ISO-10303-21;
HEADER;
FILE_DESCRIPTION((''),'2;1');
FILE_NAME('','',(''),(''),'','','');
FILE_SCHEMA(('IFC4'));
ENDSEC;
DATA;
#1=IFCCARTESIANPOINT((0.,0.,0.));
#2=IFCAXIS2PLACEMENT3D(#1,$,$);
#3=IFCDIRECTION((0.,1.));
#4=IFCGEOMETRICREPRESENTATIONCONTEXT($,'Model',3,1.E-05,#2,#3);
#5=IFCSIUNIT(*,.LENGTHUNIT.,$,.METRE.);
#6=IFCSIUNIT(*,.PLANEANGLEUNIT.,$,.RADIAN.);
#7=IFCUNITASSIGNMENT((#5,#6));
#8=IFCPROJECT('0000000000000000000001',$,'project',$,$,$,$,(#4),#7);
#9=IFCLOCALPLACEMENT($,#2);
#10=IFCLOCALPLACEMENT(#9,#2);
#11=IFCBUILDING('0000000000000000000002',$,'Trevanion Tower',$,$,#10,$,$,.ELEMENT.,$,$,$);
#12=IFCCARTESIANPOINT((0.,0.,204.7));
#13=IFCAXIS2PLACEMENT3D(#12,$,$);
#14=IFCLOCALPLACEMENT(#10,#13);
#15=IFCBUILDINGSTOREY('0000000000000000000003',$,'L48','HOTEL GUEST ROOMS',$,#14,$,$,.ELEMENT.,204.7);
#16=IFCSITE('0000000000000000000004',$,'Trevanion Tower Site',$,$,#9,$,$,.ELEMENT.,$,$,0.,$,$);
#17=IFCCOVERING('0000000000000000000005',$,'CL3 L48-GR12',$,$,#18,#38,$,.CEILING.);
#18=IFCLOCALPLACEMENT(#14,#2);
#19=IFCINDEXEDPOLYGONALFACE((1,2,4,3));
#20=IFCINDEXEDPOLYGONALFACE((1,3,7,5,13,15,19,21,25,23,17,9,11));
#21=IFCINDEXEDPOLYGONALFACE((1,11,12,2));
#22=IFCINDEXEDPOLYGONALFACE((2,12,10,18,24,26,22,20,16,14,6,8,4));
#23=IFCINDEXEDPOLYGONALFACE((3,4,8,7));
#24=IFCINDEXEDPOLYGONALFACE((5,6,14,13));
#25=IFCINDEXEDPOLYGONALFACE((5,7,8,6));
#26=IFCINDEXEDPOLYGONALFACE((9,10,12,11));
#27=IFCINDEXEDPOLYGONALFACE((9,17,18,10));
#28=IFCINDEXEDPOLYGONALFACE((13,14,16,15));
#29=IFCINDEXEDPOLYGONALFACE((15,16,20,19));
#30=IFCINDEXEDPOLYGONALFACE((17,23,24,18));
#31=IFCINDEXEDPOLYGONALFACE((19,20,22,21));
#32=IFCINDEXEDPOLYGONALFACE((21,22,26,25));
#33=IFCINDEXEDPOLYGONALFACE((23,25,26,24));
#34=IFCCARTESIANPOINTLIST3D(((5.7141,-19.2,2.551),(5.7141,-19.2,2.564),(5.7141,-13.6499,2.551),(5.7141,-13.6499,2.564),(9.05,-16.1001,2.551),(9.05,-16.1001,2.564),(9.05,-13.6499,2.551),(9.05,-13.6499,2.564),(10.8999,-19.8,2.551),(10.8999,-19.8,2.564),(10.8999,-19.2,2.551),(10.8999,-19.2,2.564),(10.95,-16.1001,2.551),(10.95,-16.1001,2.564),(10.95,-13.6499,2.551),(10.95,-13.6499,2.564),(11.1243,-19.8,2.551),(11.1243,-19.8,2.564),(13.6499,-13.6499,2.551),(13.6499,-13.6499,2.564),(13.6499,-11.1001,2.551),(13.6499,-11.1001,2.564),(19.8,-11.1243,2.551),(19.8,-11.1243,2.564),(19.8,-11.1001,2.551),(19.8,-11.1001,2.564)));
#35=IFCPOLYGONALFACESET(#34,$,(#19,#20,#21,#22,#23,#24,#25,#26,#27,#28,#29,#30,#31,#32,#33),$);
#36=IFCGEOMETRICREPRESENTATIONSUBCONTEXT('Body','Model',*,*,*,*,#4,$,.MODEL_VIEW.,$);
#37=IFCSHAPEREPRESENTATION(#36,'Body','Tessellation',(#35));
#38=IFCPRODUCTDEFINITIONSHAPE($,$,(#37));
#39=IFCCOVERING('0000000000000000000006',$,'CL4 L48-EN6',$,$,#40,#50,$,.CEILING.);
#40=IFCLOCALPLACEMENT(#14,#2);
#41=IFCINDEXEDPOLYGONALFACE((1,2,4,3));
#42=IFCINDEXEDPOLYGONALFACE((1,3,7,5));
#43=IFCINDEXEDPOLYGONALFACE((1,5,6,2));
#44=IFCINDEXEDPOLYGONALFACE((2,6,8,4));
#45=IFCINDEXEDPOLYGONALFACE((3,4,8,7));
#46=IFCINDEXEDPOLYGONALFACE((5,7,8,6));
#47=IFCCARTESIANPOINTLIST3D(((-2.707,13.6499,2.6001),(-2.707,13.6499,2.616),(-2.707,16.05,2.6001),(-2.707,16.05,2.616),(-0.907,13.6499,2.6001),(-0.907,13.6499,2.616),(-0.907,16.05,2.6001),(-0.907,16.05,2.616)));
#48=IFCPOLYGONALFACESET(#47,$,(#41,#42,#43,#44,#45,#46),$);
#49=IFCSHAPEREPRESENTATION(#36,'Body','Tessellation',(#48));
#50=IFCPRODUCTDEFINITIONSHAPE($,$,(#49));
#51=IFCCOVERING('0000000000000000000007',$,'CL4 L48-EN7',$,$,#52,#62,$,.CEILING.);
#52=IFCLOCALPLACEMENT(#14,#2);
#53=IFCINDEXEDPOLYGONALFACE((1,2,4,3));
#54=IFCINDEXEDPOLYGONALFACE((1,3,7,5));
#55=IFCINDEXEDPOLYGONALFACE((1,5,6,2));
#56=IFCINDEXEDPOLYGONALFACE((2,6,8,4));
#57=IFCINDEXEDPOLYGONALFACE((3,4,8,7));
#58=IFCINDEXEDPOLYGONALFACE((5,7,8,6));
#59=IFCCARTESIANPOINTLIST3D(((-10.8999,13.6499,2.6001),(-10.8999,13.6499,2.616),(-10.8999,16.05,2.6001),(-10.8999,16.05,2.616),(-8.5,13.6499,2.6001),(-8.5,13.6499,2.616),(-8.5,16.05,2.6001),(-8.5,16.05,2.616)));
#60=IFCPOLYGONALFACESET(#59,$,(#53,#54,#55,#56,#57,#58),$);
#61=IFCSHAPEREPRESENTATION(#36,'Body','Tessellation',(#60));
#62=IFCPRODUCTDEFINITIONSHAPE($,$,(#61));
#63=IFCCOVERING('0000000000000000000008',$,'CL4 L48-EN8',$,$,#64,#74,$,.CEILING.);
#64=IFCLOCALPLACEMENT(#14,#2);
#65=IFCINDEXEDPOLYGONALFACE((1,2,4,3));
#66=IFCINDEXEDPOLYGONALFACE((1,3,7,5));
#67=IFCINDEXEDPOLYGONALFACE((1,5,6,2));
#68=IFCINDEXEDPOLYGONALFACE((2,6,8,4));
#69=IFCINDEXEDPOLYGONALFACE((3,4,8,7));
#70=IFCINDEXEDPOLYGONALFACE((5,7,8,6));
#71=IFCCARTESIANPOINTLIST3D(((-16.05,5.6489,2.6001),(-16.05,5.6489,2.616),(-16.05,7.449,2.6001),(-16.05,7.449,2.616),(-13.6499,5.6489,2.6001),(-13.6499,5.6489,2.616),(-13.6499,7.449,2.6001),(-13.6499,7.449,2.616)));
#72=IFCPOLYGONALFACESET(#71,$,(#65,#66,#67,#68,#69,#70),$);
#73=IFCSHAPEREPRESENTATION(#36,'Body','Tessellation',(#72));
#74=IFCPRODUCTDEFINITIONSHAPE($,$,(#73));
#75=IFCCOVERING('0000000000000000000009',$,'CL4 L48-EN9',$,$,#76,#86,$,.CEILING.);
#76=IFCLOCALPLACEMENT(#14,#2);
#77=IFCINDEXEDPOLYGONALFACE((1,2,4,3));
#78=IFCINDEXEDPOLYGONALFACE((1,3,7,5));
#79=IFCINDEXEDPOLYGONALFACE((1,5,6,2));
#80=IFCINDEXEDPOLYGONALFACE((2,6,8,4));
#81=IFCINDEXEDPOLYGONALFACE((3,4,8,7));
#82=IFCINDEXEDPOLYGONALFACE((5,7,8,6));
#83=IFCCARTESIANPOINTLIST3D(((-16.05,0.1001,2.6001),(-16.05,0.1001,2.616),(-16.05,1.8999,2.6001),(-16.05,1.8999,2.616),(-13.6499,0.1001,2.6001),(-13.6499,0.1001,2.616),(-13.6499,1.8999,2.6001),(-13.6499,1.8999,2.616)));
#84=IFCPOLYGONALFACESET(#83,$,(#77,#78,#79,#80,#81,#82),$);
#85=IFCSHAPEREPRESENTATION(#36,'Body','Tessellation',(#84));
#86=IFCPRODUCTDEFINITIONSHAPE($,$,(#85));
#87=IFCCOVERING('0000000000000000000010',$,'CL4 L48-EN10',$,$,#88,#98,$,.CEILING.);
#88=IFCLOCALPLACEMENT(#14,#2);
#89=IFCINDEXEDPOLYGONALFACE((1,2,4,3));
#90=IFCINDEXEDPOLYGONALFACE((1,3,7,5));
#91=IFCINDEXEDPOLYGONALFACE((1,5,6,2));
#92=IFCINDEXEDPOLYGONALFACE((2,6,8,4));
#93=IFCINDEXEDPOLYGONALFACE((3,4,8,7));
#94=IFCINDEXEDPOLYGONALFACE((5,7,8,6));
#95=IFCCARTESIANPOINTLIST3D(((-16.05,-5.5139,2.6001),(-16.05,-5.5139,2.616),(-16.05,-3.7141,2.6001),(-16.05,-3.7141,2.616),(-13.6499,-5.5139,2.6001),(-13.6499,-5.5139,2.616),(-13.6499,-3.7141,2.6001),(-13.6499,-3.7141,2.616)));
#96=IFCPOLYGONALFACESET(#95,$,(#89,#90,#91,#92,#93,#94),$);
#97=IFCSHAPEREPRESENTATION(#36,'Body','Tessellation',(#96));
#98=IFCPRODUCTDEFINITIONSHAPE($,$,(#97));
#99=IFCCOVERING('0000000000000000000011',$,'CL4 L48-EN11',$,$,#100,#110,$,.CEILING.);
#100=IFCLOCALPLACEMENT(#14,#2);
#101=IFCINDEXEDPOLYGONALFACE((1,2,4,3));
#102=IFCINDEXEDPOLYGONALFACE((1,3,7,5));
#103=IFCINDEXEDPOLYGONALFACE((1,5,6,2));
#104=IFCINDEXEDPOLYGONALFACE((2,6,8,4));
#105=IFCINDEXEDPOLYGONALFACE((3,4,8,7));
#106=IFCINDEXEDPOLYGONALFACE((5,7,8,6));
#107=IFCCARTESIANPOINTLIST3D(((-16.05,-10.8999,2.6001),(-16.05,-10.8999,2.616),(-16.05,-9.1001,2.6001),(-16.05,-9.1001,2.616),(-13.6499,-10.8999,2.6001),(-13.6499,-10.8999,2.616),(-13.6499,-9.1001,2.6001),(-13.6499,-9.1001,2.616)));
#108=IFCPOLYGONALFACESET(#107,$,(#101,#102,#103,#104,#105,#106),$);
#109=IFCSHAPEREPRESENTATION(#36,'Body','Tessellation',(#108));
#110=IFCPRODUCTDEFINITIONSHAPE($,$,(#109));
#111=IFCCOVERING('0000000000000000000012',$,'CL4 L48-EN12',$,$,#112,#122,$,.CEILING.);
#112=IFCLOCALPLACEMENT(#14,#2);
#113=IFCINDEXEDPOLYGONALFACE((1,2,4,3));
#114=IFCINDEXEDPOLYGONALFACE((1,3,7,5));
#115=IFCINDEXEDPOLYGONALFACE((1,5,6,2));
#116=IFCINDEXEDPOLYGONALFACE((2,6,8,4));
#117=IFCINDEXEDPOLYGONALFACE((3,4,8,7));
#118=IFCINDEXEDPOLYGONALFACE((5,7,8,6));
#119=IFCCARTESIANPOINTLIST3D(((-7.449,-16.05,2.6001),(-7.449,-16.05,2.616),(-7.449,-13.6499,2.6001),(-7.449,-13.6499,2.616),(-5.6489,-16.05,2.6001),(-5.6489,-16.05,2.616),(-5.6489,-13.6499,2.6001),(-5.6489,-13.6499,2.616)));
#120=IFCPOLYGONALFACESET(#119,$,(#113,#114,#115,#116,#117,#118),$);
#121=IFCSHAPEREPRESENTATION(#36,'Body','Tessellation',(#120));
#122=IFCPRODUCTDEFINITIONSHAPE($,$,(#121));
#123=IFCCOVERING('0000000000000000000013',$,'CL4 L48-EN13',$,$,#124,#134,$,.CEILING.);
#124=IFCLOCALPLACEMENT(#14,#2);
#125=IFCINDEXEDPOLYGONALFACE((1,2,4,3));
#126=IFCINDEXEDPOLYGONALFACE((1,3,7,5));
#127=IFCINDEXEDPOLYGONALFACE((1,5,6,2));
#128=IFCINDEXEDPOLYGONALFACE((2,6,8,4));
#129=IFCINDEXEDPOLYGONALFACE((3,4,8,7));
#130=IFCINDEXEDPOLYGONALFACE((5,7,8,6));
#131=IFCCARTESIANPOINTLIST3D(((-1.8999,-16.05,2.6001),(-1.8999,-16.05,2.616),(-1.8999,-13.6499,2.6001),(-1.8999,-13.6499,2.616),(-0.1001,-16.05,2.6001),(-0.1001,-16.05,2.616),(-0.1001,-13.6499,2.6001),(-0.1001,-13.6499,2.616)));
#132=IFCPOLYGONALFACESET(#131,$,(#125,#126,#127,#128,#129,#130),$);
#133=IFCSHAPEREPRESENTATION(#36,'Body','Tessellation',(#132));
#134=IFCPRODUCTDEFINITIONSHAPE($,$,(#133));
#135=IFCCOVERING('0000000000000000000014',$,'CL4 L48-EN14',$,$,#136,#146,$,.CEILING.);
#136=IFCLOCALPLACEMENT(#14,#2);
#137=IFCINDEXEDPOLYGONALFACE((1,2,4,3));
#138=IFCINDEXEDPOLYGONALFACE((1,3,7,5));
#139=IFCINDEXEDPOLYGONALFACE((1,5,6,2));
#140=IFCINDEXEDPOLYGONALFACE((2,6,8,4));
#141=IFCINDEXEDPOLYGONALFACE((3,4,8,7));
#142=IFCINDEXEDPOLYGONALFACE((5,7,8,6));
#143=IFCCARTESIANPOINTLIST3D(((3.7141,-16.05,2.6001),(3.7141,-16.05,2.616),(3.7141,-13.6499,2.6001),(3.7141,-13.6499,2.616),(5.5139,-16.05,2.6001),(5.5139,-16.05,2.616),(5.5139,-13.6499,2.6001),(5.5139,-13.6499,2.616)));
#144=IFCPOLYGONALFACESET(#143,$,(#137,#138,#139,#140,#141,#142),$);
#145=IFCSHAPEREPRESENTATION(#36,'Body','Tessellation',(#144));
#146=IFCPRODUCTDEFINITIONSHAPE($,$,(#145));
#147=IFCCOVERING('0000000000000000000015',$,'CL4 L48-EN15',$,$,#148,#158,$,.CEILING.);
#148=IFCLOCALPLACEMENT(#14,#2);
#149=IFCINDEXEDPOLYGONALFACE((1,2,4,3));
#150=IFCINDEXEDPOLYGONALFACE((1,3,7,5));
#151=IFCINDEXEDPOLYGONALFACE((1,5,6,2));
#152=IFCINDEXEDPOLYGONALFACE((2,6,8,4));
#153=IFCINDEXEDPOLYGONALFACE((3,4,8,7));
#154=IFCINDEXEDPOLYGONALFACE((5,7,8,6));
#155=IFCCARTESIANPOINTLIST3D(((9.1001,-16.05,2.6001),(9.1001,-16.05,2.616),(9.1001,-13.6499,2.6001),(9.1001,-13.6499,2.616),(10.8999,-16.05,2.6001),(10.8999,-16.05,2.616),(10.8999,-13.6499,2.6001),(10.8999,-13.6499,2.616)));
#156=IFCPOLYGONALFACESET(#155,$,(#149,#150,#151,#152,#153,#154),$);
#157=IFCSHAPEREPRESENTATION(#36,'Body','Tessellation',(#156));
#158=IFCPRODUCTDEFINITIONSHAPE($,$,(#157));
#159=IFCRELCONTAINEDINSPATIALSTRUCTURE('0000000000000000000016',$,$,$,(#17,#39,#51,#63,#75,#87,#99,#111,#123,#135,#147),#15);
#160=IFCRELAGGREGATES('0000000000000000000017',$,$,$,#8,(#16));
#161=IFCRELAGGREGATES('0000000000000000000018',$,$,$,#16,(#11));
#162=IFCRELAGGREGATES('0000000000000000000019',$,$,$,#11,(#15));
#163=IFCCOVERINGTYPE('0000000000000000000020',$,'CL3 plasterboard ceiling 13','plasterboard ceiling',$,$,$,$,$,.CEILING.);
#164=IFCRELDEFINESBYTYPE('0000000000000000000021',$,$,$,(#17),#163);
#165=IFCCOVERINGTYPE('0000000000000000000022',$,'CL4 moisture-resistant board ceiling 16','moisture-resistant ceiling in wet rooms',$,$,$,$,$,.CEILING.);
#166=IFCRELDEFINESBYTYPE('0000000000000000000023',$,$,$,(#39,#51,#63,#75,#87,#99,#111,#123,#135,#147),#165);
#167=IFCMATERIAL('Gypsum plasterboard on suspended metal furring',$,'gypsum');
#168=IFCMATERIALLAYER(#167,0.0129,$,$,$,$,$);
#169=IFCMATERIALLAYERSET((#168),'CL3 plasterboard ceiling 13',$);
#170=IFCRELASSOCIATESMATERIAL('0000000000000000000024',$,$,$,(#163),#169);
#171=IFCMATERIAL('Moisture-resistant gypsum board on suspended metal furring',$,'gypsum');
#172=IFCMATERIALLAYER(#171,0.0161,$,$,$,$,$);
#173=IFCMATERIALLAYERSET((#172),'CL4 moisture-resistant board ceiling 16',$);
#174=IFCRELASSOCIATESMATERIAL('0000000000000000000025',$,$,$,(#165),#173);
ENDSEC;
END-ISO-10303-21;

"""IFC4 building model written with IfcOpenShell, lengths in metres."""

from ifc_helpers import new_model, si_unit, direction, frame, origin, place, context, subcontext, project, spatial, polyline, outline, extrude, material, layer, layer_set, type_object, element, save


model = new_model("IFC4")

# Units and contexts
model_context = context("Model", 3, precision=1e-05, world=origin(), true_north=direction((0.0, 1.0)))
body_context = subcontext(model_context, "Body", "Model", "MODEL_VIEW")
ifc_project = project(units=[si_unit("LENGTHUNIT", "METRE"), si_unit("PLANEANGLEUNIT", "RADIAN")], contexts=[model_context])

# Site, building, storey
site_placement = place(None, origin())
site = spatial("IfcSite", under=ifc_project, at=site_placement, Name="Trevanion Tower Site", CompositionType="ELEMENT", RefElevation=0.0)
building_placement = place(site_placement, origin())
building = spatial("IfcBuilding", under=site, at=building_placement, Name="Trevanion Tower", CompositionType="ELEMENT")
storey_placement = place(building_placement, frame((0.0, 0.0, 204.7)))
storey = spatial("IfcBuildingStorey", under=building, at=storey_placement, Name="L48", Description="HOTEL GUEST ROOMS", CompositionType="ELEMENT", Elevation=204.7)

# Coverings
ifc_material_1 = material(Name="Gypsum plasterboard on suspended metal furring", Category="gypsum")
ifc_layer_1 = layer(ifc_material_1, 0.0129)
ifc_layer_set_1 = layer_set([ifc_layer_1], Name="CL3 plasterboard ceiling 13")
covering_type_1 = type_object("IfcCoveringType", Name="CL3 plasterboard ceiling 13", Description="plasterboard ceiling", PredefinedType="CEILING", material=ifc_layer_set_1)
covering_1_placement = place(storey_placement, frame((0.0, 0.0, 2.551)))
element("IfcCovering", 1, at=covering_1_placement, inside=storey, type_object=covering_type_1, Name="CL3 L48-GR12", PredefinedType="CEILING", context=body_context, shape_type="SweptSolid", body=[
    extrude(outline(polyline([(13.6499, -11.1001), (19.8, -11.1001), (19.8, -11.1243), (11.1243, -19.8), (10.8999, -19.8), (10.8999, -19.2), (5.7141, -19.2), (5.7141, -13.6499), (9.05, -13.6499), (9.05, -16.1001), (10.95, -16.1001), (10.95, -13.6499), (13.6499, -13.6499), (13.6499, -11.1001)])), origin(), (0.0, 0.0, 1.0), 0.0129),
])
ifc_material_2 = material(Name="Moisture-resistant gypsum board on suspended metal furring", Category="gypsum")
ifc_layer_2 = layer(ifc_material_2, 0.0161)
ifc_layer_set_2 = layer_set([ifc_layer_2], Name="CL4 moisture-resistant board ceiling 16")
covering_type_2 = type_object("IfcCoveringType", Name="CL4 moisture-resistant board ceiling 16", Description="moisture-resistant ceiling in wet rooms", PredefinedType="CEILING", material=ifc_layer_set_2)
covering_2_placement = place(storey_placement, frame((0.0, 0.0, 2.6001)))
element("IfcCovering", 2, at=covering_2_placement, inside=storey, type_object=covering_type_2, Name="CL4 L48-EN6", PredefinedType="CEILING", context=body_context, shape_type="SweptSolid", body=[
    extrude(outline(polyline([(-0.907, 16.05), (-2.707, 16.05), (-2.707, 13.6499), (-0.907, 13.6499), (-0.907, 16.05)])), origin(), (0.0, 0.0, 1.0), 0.0159),
])
covering_3_placement = place(storey_placement, frame((0.0, 0.0, 2.6001)))
element("IfcCovering", 3, at=covering_3_placement, inside=storey, type_object=covering_type_2, Name="CL4 L48-EN7", PredefinedType="CEILING", context=body_context, shape_type="SweptSolid", body=[
    extrude(outline(polyline([(-8.5, 16.05), (-10.8999, 16.05), (-10.8999, 13.6499), (-8.5, 13.6499), (-8.5, 16.05)])), origin(), (0.0, 0.0, 1.0), 0.0159),
])
covering_4_placement = place(storey_placement, frame((0.0, 0.0, 2.6001)))
element("IfcCovering", 4, at=covering_4_placement, inside=storey, type_object=covering_type_2, Name="CL4 L48-EN8", PredefinedType="CEILING", context=body_context, shape_type="SweptSolid", body=[
    extrude(outline(polyline([(-16.05, 7.449), (-16.05, 5.6489), (-13.6499, 5.6489), (-13.6499, 7.449), (-16.05, 7.449)])), origin(), (0.0, 0.0, 1.0), 0.0159),
])
covering_5_placement = place(storey_placement, frame((0.0, 0.0, 2.6001)))
element("IfcCovering", 5, at=covering_5_placement, inside=storey, type_object=covering_type_2, Name="CL4 L48-EN9", PredefinedType="CEILING", context=body_context, shape_type="SweptSolid", body=[
    extrude(outline(polyline([(-16.05, 1.8999), (-16.05, 0.1001), (-13.6499, 0.1001), (-13.6499, 1.8999), (-16.05, 1.8999)])), origin(), (0.0, 0.0, 1.0), 0.0159),
])
covering_6_placement = place(storey_placement, frame((0.0, 0.0, 2.6001)))
element("IfcCovering", 6, at=covering_6_placement, inside=storey, type_object=covering_type_2, Name="CL4 L48-EN10", PredefinedType="CEILING", context=body_context, shape_type="SweptSolid", body=[
    extrude(outline(polyline([(-16.05, -3.7141), (-16.05, -5.5139), (-13.6499, -5.5139), (-13.6499, -3.7141), (-16.05, -3.7141)])), origin(), (0.0, 0.0, 1.0), 0.0159),
])
covering_7_placement = place(storey_placement, frame((0.0, 0.0, 2.6001)))
element("IfcCovering", 7, at=covering_7_placement, inside=storey, type_object=covering_type_2, Name="CL4 L48-EN11", PredefinedType="CEILING", context=body_context, shape_type="SweptSolid", body=[
    extrude(outline(polyline([(-16.05, -9.1001), (-16.05, -10.8999), (-13.6499, -10.8999), (-13.6499, -9.1001), (-16.05, -9.1001)])), origin(), (0.0, 0.0, 1.0), 0.0159),
])
covering_8_placement = place(storey_placement, frame((0.0, 0.0, 2.6001)))
element("IfcCovering", 8, at=covering_8_placement, inside=storey, type_object=covering_type_2, Name="CL4 L48-EN12", PredefinedType="CEILING", context=body_context, shape_type="SweptSolid", body=[
    extrude(outline(polyline([(-7.449, -16.05), (-5.6489, -16.05), (-5.6489, -13.6499), (-7.449, -13.6499), (-7.449, -16.05)])), origin(), (0.0, 0.0, 1.0), 0.0159),
])
covering_9_placement = place(storey_placement, frame((0.0, 0.0, 2.6001)))
element("IfcCovering", 9, at=covering_9_placement, inside=storey, type_object=covering_type_2, Name="CL4 L48-EN13", PredefinedType="CEILING", context=body_context, shape_type="SweptSolid", body=[
    extrude(outline(polyline([(-1.8999, -16.05), (-0.1001, -16.05), (-0.1001, -13.6499), (-1.8999, -13.6499), (-1.8999, -16.05)])), origin(), (0.0, 0.0, 1.0), 0.0159),
])
covering_10_placement = place(storey_placement, frame((0.0, 0.0, 2.6001)))
element("IfcCovering", 10, at=covering_10_placement, inside=storey, type_object=covering_type_2, Name="CL4 L48-EN14", PredefinedType="CEILING", context=body_context, shape_type="SweptSolid", body=[
    extrude(outline(polyline([(3.7141, -16.05), (5.5139, -16.05), (5.5139, -13.6499), (3.7141, -13.6499), (3.7141, -16.05)])), origin(), (0.0, 0.0, 1.0), 0.0159),
])
covering_11_placement = place(storey_placement, frame((0.0, 0.0, 2.6001)))
element("IfcCovering", 11, at=covering_11_placement, inside=storey, type_object=covering_type_2, Name="CL4 L48-EN15", PredefinedType="CEILING", context=body_context, shape_type="SweptSolid", body=[
    extrude(outline(polyline([(9.1001, -16.05), (10.8999, -16.05), (10.8999, -13.6499), (9.1001, -13.6499), (9.1001, -16.05)])), origin(), (0.0, 0.0, 1.0), 0.0159),
])

save(model, "model.ifc")
